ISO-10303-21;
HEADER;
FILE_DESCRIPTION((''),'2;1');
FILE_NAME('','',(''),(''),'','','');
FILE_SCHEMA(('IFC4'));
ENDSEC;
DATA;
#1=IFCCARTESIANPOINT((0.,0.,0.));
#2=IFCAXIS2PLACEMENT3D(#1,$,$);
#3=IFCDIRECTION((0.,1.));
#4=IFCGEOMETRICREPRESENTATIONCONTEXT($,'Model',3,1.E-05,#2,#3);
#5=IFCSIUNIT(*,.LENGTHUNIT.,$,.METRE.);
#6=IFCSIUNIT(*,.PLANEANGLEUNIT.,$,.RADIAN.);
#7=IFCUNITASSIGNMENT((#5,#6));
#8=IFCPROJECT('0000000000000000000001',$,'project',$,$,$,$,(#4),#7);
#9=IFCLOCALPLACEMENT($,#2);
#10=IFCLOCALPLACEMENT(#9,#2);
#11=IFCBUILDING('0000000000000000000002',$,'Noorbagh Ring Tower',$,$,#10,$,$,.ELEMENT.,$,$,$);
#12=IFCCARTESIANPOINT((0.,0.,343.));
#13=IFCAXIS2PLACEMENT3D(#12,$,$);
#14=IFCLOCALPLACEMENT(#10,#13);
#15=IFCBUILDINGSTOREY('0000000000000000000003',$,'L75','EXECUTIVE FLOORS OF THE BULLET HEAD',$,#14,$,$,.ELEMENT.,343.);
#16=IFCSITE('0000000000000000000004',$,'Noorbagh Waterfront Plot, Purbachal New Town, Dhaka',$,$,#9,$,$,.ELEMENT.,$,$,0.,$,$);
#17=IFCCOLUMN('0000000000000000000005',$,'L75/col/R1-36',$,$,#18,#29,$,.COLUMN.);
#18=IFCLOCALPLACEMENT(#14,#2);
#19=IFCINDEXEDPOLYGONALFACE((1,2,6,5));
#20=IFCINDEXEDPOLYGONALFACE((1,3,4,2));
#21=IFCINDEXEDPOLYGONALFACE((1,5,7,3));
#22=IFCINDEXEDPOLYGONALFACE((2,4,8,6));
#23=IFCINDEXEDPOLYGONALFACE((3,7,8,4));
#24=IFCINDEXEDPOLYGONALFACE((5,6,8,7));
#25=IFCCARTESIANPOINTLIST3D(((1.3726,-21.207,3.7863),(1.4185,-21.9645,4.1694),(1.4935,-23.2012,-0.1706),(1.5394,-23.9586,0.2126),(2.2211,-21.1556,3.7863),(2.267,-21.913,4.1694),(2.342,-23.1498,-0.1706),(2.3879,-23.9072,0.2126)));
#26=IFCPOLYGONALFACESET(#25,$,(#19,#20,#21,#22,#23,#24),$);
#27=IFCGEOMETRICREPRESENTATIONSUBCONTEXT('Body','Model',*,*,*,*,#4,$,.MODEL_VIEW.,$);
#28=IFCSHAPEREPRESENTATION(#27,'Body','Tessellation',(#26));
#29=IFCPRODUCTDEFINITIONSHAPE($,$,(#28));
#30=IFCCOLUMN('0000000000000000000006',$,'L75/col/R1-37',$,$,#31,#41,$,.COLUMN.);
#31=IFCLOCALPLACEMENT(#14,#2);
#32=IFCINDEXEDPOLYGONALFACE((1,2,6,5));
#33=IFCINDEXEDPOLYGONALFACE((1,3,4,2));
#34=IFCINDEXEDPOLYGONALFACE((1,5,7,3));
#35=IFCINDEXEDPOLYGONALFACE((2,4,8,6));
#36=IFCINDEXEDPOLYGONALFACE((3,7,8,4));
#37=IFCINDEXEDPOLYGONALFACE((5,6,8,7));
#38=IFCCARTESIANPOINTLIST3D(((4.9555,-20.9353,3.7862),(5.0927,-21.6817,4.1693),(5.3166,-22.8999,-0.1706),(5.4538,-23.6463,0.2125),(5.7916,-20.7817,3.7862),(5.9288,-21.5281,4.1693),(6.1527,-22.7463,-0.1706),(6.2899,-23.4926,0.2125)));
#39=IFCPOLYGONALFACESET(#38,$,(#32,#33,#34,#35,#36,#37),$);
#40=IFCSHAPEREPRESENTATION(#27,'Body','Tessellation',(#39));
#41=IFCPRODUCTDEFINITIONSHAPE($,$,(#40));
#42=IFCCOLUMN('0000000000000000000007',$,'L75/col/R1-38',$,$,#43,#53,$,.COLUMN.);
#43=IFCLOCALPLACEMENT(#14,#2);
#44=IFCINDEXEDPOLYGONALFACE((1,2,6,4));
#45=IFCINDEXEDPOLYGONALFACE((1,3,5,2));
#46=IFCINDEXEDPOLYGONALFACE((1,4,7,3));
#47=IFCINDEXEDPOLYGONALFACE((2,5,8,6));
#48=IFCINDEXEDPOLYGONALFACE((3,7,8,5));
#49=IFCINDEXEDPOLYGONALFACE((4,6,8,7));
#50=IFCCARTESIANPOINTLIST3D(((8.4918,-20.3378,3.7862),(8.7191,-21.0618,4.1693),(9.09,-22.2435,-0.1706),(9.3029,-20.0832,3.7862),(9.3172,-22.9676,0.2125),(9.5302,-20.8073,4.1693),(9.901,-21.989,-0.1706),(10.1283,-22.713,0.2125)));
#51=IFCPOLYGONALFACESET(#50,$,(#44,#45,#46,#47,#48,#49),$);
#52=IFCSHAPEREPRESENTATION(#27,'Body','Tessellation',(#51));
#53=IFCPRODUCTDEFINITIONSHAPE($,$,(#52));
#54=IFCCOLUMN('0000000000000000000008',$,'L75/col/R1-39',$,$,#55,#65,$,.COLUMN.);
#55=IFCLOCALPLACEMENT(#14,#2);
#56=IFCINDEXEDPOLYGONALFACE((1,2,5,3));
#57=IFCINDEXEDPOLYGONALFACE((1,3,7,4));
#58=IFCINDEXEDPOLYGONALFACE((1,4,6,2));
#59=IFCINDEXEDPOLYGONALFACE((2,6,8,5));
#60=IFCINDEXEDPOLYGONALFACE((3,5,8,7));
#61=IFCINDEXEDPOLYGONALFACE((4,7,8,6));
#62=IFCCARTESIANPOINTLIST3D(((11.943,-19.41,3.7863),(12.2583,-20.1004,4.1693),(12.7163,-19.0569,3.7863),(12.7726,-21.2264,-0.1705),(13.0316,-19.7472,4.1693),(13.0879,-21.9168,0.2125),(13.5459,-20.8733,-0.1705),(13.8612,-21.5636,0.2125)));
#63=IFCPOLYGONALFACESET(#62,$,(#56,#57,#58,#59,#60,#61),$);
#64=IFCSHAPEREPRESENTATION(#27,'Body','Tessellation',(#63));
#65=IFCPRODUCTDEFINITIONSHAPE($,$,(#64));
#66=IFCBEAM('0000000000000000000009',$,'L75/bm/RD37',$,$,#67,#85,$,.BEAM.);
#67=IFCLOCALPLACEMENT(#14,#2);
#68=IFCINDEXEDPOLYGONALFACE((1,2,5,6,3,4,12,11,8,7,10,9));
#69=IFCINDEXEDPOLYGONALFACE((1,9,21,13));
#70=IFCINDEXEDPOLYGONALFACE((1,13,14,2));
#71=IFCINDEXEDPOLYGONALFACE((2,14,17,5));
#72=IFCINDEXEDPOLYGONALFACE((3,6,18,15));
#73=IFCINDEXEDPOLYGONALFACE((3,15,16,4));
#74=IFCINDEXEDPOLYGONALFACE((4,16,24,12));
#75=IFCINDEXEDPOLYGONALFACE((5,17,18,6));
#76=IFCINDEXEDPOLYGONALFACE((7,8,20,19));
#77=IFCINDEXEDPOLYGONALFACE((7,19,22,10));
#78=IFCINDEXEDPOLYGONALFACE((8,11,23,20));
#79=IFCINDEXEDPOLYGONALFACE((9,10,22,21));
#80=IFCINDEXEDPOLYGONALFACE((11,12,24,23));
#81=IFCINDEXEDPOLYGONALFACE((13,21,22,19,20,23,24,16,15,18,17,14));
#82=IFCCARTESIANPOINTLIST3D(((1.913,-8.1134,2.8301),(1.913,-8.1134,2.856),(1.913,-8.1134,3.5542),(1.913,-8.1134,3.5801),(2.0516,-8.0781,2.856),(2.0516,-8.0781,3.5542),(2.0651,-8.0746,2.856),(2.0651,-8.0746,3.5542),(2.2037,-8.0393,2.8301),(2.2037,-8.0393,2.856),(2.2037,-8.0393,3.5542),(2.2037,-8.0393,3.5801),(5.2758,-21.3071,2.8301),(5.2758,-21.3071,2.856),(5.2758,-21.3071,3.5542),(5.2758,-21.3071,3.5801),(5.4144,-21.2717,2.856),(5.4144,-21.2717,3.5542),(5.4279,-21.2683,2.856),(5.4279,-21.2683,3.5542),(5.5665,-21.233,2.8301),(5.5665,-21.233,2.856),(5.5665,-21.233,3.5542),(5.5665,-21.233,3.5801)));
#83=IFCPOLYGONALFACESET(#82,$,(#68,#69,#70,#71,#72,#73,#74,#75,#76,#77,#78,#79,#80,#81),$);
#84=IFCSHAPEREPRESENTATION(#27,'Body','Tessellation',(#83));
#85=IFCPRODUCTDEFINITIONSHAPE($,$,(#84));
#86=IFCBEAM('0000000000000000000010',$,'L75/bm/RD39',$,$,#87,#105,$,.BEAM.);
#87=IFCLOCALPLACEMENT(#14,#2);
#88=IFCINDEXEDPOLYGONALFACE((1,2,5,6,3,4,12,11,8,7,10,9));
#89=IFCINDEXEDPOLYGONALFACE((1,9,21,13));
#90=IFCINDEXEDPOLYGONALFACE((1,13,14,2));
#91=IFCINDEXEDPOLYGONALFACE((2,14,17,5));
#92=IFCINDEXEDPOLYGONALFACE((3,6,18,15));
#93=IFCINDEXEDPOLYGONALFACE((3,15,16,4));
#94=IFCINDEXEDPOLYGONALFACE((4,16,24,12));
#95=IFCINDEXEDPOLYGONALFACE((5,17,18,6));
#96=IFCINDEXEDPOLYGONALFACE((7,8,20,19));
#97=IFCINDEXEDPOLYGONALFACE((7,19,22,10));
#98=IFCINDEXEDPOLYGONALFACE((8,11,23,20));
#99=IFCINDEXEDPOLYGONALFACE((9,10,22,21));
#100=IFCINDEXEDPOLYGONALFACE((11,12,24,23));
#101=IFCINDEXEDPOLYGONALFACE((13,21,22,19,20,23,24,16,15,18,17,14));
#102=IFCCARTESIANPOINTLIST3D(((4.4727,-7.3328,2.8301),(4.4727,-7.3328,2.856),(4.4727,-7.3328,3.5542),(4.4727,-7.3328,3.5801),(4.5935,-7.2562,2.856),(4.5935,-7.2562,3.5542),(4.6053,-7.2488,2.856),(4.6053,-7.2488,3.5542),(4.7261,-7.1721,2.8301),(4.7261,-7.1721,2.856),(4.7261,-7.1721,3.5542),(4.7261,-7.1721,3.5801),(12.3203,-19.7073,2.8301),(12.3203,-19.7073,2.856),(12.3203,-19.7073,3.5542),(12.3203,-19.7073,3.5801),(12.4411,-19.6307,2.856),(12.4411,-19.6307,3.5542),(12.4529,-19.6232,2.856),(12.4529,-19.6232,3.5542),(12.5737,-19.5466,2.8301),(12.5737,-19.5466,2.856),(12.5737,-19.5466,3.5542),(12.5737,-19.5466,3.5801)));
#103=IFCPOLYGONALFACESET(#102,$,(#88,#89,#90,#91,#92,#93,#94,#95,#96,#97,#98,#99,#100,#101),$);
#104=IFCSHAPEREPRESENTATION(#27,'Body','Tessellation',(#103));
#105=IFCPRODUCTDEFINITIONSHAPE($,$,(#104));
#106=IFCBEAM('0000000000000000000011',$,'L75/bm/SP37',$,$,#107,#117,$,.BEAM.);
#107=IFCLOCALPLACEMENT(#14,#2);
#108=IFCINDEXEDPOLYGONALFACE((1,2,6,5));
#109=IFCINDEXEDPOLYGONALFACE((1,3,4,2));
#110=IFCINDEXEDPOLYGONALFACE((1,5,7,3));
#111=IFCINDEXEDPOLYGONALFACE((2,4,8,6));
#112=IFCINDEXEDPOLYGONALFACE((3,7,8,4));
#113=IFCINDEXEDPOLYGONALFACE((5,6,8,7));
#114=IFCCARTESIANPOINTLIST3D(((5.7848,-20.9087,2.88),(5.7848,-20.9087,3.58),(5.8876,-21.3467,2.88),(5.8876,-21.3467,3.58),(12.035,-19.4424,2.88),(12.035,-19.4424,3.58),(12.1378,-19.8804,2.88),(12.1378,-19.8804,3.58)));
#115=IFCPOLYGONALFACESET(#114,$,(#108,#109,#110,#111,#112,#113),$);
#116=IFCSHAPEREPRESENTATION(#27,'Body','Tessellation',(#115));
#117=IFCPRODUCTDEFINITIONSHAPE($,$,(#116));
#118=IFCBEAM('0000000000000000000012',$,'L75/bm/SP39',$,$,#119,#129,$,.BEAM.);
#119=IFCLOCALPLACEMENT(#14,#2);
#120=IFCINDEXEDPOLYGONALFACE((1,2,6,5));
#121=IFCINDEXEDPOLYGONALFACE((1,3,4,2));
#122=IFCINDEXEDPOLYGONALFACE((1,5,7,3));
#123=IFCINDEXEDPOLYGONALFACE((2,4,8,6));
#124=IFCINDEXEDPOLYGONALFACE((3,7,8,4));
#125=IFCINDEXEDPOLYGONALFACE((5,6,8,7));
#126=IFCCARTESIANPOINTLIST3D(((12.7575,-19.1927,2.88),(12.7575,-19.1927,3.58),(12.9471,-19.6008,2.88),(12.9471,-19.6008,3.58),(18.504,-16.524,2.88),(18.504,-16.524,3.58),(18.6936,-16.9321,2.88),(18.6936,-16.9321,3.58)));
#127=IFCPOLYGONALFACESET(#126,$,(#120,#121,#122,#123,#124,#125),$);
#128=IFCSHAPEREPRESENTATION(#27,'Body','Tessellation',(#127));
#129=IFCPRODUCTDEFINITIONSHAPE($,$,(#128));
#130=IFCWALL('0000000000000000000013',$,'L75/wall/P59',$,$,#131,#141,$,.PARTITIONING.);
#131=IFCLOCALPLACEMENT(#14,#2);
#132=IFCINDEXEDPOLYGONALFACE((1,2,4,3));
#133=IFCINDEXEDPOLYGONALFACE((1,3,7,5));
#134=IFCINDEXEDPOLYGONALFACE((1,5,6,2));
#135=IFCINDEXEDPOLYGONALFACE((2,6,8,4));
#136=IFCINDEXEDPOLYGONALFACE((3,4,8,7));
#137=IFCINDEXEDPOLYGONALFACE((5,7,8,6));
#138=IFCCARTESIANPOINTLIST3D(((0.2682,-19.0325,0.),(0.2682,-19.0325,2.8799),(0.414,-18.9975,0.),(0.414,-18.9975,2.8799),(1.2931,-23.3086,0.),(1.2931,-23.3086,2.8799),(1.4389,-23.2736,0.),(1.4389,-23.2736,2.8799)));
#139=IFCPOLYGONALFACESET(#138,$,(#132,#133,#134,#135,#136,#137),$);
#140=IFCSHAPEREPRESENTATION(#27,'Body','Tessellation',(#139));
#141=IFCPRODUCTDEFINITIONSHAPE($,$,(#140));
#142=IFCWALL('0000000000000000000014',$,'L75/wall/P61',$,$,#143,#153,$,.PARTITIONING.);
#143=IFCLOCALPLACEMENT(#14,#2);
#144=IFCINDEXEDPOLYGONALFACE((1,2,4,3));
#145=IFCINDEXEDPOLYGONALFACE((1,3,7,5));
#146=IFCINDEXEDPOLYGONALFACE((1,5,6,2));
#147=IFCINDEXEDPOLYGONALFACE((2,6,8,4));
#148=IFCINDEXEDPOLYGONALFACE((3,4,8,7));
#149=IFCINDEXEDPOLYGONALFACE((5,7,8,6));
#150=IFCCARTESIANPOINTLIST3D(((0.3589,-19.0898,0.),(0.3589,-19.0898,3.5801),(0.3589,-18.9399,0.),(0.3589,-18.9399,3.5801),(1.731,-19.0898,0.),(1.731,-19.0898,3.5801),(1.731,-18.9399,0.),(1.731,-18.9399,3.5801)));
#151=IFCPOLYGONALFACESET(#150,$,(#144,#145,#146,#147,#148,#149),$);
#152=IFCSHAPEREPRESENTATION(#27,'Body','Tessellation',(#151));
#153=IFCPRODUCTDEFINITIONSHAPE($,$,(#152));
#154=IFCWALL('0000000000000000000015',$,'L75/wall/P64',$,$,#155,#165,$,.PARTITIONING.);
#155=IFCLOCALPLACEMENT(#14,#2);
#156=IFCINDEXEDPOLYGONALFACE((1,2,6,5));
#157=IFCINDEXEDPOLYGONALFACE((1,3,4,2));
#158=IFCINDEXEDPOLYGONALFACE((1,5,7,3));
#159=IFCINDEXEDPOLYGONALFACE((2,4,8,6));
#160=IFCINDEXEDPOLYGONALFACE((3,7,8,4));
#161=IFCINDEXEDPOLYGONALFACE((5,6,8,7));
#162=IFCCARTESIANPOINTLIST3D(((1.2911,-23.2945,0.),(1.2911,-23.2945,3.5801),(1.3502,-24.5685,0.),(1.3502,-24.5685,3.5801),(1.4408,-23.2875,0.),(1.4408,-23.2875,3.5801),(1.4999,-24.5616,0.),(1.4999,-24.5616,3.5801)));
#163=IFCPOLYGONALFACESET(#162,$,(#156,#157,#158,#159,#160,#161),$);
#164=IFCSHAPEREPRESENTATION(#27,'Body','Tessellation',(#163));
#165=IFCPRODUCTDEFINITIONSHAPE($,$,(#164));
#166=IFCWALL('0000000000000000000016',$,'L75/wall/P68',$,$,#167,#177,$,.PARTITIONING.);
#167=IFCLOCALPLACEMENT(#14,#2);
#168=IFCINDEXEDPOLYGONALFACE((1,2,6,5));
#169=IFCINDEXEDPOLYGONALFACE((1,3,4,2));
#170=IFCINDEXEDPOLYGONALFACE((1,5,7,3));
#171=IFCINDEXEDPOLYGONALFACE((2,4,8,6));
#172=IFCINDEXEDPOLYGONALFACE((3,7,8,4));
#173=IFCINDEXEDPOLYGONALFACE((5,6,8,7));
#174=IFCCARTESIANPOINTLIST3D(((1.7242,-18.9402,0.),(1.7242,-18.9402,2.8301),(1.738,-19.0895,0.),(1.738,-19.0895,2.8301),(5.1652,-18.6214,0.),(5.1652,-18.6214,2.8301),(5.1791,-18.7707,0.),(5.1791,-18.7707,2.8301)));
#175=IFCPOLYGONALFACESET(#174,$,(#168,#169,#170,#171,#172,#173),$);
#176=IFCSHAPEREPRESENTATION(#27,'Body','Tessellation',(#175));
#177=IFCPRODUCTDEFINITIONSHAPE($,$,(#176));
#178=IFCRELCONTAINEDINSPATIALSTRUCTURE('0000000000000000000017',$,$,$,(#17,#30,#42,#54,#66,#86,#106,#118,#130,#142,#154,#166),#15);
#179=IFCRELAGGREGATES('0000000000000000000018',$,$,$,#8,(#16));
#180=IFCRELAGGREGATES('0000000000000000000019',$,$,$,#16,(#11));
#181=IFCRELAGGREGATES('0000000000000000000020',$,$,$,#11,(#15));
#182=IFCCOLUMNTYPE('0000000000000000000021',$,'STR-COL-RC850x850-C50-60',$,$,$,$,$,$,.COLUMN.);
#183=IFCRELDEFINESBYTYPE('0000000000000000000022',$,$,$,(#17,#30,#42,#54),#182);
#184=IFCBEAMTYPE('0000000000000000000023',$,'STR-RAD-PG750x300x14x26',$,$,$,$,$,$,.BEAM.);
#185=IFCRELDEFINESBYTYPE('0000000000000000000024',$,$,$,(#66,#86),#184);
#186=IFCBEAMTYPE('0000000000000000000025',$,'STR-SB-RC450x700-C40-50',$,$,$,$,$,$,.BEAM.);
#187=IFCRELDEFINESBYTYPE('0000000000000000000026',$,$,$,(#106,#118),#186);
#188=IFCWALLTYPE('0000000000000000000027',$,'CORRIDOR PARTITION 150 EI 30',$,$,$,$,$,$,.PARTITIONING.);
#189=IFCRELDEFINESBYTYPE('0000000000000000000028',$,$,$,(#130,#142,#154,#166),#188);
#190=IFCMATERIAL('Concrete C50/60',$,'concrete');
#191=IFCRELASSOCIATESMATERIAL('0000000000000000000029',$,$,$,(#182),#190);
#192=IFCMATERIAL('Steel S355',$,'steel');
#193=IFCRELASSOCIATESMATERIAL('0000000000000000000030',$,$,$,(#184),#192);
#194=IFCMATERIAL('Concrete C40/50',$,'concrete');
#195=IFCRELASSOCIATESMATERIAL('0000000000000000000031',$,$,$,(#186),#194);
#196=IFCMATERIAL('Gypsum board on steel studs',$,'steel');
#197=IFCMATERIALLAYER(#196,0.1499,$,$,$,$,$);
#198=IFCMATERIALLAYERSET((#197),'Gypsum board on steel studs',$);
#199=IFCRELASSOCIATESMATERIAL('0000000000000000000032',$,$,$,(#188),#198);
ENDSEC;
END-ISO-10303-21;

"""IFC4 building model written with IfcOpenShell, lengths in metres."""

from ifc_helpers import new_model, si_unit, direction, frame, frame_2d, origin, origin_2d, place, context, subcontext, project, spatial, rectangle, i_section, extrude, material, layer, layer_set, material_profile, profile_set, type_object, element, save


model = new_model("IFC4")

# Units and contexts
model_context = context("Model", 3, precision=1e-05, world=origin(), true_north=direction((0.0, 1.0)))
body_context = subcontext(model_context, "Body", "Model", "MODEL_VIEW")
ifc_project = project(units=[si_unit("LENGTHUNIT", "METRE"), si_unit("PLANEANGLEUNIT", "RADIAN")], contexts=[model_context])

# Site, building, storey
site_placement = place(None, origin())
site = spatial("IfcSite", under=ifc_project, at=site_placement, Name="Noorbagh Waterfront Plot, Purbachal New Town, Dhaka", CompositionType="ELEMENT", RefElevation=0.0)
building_placement = place(site_placement, origin())
building = spatial("IfcBuilding", under=site, at=building_placement, Name="Noorbagh Ring Tower", CompositionType="ELEMENT")
storey_placement = place(building_placement, frame((0.0, 0.0, 343.0)))
storey = spatial("IfcBuildingStorey", under=building, at=storey_placement, Name="L75", Description="EXECUTIVE FLOORS OF THE BULLET HEAD", CompositionType="ELEMENT", Elevation=343.0)

# Columns
ifc_material_1 = material(Name="Concrete C50/60", Category="concrete")
ifc_material_profile_1 = material_profile(ifc_material_1, rectangle(XDim=0.8501, YDim=0.8501, at=origin_2d()), Name="RC850x850")
ifc_profile_set_1 = profile_set([ifc_material_profile_1], Name="Concrete C50/60")
column_type = type_object("IfcColumnType", Name="STR-COL-RC850x850-C50-60", PredefinedType="COLUMN", material=ifc_profile_set_1)
column_1_placement = place(storey_placement, frame((1.9407, -23.5542, 0.021), z_axis=(-0.027264, 0.449887, 0.892669), x_axis=(-0.998169, -0.060491, 0.0)))
element("IfcColumn", 1, at=column_1_placement, inside=storey, type_object=column_type, Name="L75/col/R1-36", PredefinedType="COLUMN", context=body_context, shape_type="SweptSolid", body=[
    extrude(rectangle(XDim=0.8501, YDim=0.8501, at=origin_2d()), origin(), (0.0, 0.0, 1.0), 4.4326),
])
for number, where, z_axis, x_axis, name in (
    (2, (5.8032, -23.1963, 0.021), (-0.081465, 0.443236, 0.892696), (-0.983526, -0.180767, 0.0), "L75/col/R1-37"),
    (3, (9.6091, -22.4783, 0.021), (-0.134949, 0.429965, 0.892703), (-0.95411, -0.299458, 0.0), "L75/col/R1-38"),
):
    element("IfcColumn", number, at=place(storey_placement, frame(where, z_axis=z_axis, x_axis=x_axis)), inside=storey, type_object=column_type, Name=name, PredefinedType="COLUMN", context=body_context, shape_type="SweptSolid", body=[
        extrude(rectangle(XDim=0.8501, YDim=0.8501, at=origin_2d()), origin(), (0.0, 0.0, 1.0), 4.4324),
    ])
column_2_placement = place(storey_placement, frame((13.3169, -21.395, 0.021), z_axis=(-0.187177, 0.409828, 0.892752), x_axis=(-0.90962, -0.415442, 0.0)))
element("IfcColumn", 4, at=column_2_placement, inside=storey, type_object=column_type, Name="L75/col/R1-39", PredefinedType="COLUMN", context=body_context, shape_type="SweptSolid", body=[
    extrude(rectangle(XDim=0.8501, YDim=0.8501, at=origin_2d()), origin(), (0.0, 0.0, 1.0), 4.4321),
])

# Beams
ifc_material_2 = material(Name="Steel S355", Category="steel")
ifc_material_profile_2 = material_profile(ifc_material_2, i_section(OverallWidth=0.3, OverallDepth=0.75, WebThickness=0.0139, FlangeThickness=0.0259, at=origin_2d()), Name="PG750x300x14x26")
ifc_profile_set_2 = profile_set([ifc_material_profile_2], Name="Steel S355")
beam_type_1 = type_object("IfcBeamType", Name="STR-RAD-PG750x300x14x26", PredefinedType="BEAM", material=ifc_profile_set_2)
beam_1_placement = place(storey_placement, frame((5.4211, -21.27, 3.2051), z_axis=(-0.246984, 0.96902, 0.0), x_axis=(-0.96902, -0.246984, 0.0)))
element("IfcBeam", 5, at=beam_1_placement, inside=storey, type_object=beam_type_1, Name="L75/bm/RD37", PredefinedType="BEAM", context=body_context, shape_type="SweptSolid", body=[
    extrude(i_section(OverallWidth=0.3, OverallDepth=0.75, WebThickness=0.0139, FlangeThickness=0.0259, at=origin_2d()), origin(), (0.0, 0.0, 1.0), 13.6155),
])
beam_2_placement = place(storey_placement, frame((12.447, -19.627, 3.2051), z_axis=(-0.535562, 0.844496, 0.0), x_axis=(-0.844496, -0.535562, 0.0)))
element("IfcBeam", 6, at=beam_2_placement, inside=storey, type_object=beam_type_1, Name="L75/bm/RD39", PredefinedType="BEAM", context=body_context, shape_type="SweptSolid", body=[
    extrude(i_section(OverallWidth=0.3, OverallDepth=0.75, WebThickness=0.0139, FlangeThickness=0.0259, at=origin_2d()), origin(), (0.0, 0.0, 1.0), 14.6531),
])
ifc_material_3 = material(Name="Concrete C40/50", Category="concrete")
ifc_material_profile_3 = material_profile(ifc_material_3, rectangle(XDim=0.45, YDim=0.7, at=origin_2d()), Name="RC450x700")
ifc_profile_set_3 = profile_set([ifc_material_profile_3], Name="Concrete C40/50")
beam_type_2 = type_object("IfcBeamType", Name="STR-SB-RC450x700-C40-50", PredefinedType="BEAM", material=ifc_profile_set_3)
beam_3_placement = place(storey_placement, frame((5.8362, -21.1277, 3.23), z_axis=(0.973568, 0.228399, 0.0), x_axis=(-0.228399, 0.973568, 0.0)))
element("IfcBeam", 7, at=beam_3_placement, inside=storey, type_object=beam_type_2, Name="L75/bm/SP37", PredefinedType="BEAM", context=body_context, shape_type="SweptSolid", body=[
    extrude(rectangle(XDim=0.45, YDim=0.7, at=origin_2d()), origin(), (0.0, 0.0, 1.0), 6.4199),
])
beam_4_placement = place(storey_placement, frame((12.8523, -19.3967, 3.23), z_axis=(0.90697, 0.421195, 0.0), x_axis=(-0.421195, 0.90697, 0.0)))
element("IfcBeam", 8, at=beam_4_placement, inside=storey, type_object=beam_type_2, Name="L75/bm/SP39", PredefinedType="BEAM", context=body_context, shape_type="SweptSolid", body=[
    extrude(rectangle(XDim=0.45, YDim=0.7, at=origin_2d()), origin(), (0.0, 0.0, 1.0), 6.3359),
])

# Walls
ifc_material_4 = material(Name="Gypsum board on steel studs", Category="steel")
ifc_layer_1 = layer(ifc_material_4, 0.1499)
ifc_layer_set_1 = layer_set([ifc_layer_1], Name="Gypsum board on steel studs")
wall_type_1 = type_object("IfcWallType", Name="CORRIDOR PARTITION 150 EI 30", PredefinedType="PARTITIONING", material=ifc_layer_set_1)
wall_1_placement = place(storey_placement, frame((0.3411, -19.0149, 0.0), z_axis=(0.0, 0.0, 1.0), x_axis=(0.233079, -0.972458, 0.0)))
element("IfcWall", 9, at=wall_1_placement, inside=storey, type_object=wall_type_1, Name="L75/wall/P59", PredefinedType="PARTITIONING", context=body_context, shape_type="SweptSolid", body=[
    extrude(rectangle(XDim=4.3972, YDim=0.1499, at=frame_2d((2.1987, 0.0))), origin(), (0.0, 0.0, 1.0), 2.8799),
])
wall_2_placement = place(storey_placement, frame((0.3589, -19.0149, 0.0), z_axis=(0.0, 0.0, 1.0), x_axis=(1.0, 0.0, 0.0)))
element("IfcWall", 10, at=wall_2_placement, inside=storey, type_object=wall_type_1, Name="L75/wall/P61", PredefinedType="PARTITIONING", context=body_context, shape_type="SweptSolid", body=[
    extrude(rectangle(XDim=1.3721, YDim=0.1499, at=frame_2d((0.686, 0.0))), origin(), (0.0, 0.0, 1.0), 3.5801),
])
wall_3_placement = place(storey_placement, frame((1.366, -23.291, 0.0), z_axis=(0.0, 0.0, 1.0), x_axis=(0.046328, -0.998926, 0.0)))
element("IfcWall", 11, at=wall_3_placement, inside=storey, type_object=wall_type_1, Name="L75/wall/P64", PredefinedType="PARTITIONING", context=body_context, shape_type="SweptSolid", body=[
    extrude(rectangle(XDim=1.2754, YDim=0.1499, at=frame_2d((0.6377, 0.0))), origin(), (0.0, 0.0, 1.0), 3.5801),
])
wall_4_placement = place(storey_placement, frame((1.731, -19.0149, 0.0), z_axis=(0.0, 0.0, 1.0), x_axis=(0.995735, 0.092262, 0.0)))
element("IfcWall", 12, at=wall_4_placement, inside=storey, type_object=wall_type_1, Name="L75/wall/P68", PredefinedType="PARTITIONING", context=body_context, shape_type="SweptSolid", body=[
    extrude(rectangle(XDim=3.4558, YDim=0.1499, at=frame_2d((1.728, 0.0))), origin(), (0.0, 0.0, 1.0), 2.8301),
])

save(model, "model.ifc")
